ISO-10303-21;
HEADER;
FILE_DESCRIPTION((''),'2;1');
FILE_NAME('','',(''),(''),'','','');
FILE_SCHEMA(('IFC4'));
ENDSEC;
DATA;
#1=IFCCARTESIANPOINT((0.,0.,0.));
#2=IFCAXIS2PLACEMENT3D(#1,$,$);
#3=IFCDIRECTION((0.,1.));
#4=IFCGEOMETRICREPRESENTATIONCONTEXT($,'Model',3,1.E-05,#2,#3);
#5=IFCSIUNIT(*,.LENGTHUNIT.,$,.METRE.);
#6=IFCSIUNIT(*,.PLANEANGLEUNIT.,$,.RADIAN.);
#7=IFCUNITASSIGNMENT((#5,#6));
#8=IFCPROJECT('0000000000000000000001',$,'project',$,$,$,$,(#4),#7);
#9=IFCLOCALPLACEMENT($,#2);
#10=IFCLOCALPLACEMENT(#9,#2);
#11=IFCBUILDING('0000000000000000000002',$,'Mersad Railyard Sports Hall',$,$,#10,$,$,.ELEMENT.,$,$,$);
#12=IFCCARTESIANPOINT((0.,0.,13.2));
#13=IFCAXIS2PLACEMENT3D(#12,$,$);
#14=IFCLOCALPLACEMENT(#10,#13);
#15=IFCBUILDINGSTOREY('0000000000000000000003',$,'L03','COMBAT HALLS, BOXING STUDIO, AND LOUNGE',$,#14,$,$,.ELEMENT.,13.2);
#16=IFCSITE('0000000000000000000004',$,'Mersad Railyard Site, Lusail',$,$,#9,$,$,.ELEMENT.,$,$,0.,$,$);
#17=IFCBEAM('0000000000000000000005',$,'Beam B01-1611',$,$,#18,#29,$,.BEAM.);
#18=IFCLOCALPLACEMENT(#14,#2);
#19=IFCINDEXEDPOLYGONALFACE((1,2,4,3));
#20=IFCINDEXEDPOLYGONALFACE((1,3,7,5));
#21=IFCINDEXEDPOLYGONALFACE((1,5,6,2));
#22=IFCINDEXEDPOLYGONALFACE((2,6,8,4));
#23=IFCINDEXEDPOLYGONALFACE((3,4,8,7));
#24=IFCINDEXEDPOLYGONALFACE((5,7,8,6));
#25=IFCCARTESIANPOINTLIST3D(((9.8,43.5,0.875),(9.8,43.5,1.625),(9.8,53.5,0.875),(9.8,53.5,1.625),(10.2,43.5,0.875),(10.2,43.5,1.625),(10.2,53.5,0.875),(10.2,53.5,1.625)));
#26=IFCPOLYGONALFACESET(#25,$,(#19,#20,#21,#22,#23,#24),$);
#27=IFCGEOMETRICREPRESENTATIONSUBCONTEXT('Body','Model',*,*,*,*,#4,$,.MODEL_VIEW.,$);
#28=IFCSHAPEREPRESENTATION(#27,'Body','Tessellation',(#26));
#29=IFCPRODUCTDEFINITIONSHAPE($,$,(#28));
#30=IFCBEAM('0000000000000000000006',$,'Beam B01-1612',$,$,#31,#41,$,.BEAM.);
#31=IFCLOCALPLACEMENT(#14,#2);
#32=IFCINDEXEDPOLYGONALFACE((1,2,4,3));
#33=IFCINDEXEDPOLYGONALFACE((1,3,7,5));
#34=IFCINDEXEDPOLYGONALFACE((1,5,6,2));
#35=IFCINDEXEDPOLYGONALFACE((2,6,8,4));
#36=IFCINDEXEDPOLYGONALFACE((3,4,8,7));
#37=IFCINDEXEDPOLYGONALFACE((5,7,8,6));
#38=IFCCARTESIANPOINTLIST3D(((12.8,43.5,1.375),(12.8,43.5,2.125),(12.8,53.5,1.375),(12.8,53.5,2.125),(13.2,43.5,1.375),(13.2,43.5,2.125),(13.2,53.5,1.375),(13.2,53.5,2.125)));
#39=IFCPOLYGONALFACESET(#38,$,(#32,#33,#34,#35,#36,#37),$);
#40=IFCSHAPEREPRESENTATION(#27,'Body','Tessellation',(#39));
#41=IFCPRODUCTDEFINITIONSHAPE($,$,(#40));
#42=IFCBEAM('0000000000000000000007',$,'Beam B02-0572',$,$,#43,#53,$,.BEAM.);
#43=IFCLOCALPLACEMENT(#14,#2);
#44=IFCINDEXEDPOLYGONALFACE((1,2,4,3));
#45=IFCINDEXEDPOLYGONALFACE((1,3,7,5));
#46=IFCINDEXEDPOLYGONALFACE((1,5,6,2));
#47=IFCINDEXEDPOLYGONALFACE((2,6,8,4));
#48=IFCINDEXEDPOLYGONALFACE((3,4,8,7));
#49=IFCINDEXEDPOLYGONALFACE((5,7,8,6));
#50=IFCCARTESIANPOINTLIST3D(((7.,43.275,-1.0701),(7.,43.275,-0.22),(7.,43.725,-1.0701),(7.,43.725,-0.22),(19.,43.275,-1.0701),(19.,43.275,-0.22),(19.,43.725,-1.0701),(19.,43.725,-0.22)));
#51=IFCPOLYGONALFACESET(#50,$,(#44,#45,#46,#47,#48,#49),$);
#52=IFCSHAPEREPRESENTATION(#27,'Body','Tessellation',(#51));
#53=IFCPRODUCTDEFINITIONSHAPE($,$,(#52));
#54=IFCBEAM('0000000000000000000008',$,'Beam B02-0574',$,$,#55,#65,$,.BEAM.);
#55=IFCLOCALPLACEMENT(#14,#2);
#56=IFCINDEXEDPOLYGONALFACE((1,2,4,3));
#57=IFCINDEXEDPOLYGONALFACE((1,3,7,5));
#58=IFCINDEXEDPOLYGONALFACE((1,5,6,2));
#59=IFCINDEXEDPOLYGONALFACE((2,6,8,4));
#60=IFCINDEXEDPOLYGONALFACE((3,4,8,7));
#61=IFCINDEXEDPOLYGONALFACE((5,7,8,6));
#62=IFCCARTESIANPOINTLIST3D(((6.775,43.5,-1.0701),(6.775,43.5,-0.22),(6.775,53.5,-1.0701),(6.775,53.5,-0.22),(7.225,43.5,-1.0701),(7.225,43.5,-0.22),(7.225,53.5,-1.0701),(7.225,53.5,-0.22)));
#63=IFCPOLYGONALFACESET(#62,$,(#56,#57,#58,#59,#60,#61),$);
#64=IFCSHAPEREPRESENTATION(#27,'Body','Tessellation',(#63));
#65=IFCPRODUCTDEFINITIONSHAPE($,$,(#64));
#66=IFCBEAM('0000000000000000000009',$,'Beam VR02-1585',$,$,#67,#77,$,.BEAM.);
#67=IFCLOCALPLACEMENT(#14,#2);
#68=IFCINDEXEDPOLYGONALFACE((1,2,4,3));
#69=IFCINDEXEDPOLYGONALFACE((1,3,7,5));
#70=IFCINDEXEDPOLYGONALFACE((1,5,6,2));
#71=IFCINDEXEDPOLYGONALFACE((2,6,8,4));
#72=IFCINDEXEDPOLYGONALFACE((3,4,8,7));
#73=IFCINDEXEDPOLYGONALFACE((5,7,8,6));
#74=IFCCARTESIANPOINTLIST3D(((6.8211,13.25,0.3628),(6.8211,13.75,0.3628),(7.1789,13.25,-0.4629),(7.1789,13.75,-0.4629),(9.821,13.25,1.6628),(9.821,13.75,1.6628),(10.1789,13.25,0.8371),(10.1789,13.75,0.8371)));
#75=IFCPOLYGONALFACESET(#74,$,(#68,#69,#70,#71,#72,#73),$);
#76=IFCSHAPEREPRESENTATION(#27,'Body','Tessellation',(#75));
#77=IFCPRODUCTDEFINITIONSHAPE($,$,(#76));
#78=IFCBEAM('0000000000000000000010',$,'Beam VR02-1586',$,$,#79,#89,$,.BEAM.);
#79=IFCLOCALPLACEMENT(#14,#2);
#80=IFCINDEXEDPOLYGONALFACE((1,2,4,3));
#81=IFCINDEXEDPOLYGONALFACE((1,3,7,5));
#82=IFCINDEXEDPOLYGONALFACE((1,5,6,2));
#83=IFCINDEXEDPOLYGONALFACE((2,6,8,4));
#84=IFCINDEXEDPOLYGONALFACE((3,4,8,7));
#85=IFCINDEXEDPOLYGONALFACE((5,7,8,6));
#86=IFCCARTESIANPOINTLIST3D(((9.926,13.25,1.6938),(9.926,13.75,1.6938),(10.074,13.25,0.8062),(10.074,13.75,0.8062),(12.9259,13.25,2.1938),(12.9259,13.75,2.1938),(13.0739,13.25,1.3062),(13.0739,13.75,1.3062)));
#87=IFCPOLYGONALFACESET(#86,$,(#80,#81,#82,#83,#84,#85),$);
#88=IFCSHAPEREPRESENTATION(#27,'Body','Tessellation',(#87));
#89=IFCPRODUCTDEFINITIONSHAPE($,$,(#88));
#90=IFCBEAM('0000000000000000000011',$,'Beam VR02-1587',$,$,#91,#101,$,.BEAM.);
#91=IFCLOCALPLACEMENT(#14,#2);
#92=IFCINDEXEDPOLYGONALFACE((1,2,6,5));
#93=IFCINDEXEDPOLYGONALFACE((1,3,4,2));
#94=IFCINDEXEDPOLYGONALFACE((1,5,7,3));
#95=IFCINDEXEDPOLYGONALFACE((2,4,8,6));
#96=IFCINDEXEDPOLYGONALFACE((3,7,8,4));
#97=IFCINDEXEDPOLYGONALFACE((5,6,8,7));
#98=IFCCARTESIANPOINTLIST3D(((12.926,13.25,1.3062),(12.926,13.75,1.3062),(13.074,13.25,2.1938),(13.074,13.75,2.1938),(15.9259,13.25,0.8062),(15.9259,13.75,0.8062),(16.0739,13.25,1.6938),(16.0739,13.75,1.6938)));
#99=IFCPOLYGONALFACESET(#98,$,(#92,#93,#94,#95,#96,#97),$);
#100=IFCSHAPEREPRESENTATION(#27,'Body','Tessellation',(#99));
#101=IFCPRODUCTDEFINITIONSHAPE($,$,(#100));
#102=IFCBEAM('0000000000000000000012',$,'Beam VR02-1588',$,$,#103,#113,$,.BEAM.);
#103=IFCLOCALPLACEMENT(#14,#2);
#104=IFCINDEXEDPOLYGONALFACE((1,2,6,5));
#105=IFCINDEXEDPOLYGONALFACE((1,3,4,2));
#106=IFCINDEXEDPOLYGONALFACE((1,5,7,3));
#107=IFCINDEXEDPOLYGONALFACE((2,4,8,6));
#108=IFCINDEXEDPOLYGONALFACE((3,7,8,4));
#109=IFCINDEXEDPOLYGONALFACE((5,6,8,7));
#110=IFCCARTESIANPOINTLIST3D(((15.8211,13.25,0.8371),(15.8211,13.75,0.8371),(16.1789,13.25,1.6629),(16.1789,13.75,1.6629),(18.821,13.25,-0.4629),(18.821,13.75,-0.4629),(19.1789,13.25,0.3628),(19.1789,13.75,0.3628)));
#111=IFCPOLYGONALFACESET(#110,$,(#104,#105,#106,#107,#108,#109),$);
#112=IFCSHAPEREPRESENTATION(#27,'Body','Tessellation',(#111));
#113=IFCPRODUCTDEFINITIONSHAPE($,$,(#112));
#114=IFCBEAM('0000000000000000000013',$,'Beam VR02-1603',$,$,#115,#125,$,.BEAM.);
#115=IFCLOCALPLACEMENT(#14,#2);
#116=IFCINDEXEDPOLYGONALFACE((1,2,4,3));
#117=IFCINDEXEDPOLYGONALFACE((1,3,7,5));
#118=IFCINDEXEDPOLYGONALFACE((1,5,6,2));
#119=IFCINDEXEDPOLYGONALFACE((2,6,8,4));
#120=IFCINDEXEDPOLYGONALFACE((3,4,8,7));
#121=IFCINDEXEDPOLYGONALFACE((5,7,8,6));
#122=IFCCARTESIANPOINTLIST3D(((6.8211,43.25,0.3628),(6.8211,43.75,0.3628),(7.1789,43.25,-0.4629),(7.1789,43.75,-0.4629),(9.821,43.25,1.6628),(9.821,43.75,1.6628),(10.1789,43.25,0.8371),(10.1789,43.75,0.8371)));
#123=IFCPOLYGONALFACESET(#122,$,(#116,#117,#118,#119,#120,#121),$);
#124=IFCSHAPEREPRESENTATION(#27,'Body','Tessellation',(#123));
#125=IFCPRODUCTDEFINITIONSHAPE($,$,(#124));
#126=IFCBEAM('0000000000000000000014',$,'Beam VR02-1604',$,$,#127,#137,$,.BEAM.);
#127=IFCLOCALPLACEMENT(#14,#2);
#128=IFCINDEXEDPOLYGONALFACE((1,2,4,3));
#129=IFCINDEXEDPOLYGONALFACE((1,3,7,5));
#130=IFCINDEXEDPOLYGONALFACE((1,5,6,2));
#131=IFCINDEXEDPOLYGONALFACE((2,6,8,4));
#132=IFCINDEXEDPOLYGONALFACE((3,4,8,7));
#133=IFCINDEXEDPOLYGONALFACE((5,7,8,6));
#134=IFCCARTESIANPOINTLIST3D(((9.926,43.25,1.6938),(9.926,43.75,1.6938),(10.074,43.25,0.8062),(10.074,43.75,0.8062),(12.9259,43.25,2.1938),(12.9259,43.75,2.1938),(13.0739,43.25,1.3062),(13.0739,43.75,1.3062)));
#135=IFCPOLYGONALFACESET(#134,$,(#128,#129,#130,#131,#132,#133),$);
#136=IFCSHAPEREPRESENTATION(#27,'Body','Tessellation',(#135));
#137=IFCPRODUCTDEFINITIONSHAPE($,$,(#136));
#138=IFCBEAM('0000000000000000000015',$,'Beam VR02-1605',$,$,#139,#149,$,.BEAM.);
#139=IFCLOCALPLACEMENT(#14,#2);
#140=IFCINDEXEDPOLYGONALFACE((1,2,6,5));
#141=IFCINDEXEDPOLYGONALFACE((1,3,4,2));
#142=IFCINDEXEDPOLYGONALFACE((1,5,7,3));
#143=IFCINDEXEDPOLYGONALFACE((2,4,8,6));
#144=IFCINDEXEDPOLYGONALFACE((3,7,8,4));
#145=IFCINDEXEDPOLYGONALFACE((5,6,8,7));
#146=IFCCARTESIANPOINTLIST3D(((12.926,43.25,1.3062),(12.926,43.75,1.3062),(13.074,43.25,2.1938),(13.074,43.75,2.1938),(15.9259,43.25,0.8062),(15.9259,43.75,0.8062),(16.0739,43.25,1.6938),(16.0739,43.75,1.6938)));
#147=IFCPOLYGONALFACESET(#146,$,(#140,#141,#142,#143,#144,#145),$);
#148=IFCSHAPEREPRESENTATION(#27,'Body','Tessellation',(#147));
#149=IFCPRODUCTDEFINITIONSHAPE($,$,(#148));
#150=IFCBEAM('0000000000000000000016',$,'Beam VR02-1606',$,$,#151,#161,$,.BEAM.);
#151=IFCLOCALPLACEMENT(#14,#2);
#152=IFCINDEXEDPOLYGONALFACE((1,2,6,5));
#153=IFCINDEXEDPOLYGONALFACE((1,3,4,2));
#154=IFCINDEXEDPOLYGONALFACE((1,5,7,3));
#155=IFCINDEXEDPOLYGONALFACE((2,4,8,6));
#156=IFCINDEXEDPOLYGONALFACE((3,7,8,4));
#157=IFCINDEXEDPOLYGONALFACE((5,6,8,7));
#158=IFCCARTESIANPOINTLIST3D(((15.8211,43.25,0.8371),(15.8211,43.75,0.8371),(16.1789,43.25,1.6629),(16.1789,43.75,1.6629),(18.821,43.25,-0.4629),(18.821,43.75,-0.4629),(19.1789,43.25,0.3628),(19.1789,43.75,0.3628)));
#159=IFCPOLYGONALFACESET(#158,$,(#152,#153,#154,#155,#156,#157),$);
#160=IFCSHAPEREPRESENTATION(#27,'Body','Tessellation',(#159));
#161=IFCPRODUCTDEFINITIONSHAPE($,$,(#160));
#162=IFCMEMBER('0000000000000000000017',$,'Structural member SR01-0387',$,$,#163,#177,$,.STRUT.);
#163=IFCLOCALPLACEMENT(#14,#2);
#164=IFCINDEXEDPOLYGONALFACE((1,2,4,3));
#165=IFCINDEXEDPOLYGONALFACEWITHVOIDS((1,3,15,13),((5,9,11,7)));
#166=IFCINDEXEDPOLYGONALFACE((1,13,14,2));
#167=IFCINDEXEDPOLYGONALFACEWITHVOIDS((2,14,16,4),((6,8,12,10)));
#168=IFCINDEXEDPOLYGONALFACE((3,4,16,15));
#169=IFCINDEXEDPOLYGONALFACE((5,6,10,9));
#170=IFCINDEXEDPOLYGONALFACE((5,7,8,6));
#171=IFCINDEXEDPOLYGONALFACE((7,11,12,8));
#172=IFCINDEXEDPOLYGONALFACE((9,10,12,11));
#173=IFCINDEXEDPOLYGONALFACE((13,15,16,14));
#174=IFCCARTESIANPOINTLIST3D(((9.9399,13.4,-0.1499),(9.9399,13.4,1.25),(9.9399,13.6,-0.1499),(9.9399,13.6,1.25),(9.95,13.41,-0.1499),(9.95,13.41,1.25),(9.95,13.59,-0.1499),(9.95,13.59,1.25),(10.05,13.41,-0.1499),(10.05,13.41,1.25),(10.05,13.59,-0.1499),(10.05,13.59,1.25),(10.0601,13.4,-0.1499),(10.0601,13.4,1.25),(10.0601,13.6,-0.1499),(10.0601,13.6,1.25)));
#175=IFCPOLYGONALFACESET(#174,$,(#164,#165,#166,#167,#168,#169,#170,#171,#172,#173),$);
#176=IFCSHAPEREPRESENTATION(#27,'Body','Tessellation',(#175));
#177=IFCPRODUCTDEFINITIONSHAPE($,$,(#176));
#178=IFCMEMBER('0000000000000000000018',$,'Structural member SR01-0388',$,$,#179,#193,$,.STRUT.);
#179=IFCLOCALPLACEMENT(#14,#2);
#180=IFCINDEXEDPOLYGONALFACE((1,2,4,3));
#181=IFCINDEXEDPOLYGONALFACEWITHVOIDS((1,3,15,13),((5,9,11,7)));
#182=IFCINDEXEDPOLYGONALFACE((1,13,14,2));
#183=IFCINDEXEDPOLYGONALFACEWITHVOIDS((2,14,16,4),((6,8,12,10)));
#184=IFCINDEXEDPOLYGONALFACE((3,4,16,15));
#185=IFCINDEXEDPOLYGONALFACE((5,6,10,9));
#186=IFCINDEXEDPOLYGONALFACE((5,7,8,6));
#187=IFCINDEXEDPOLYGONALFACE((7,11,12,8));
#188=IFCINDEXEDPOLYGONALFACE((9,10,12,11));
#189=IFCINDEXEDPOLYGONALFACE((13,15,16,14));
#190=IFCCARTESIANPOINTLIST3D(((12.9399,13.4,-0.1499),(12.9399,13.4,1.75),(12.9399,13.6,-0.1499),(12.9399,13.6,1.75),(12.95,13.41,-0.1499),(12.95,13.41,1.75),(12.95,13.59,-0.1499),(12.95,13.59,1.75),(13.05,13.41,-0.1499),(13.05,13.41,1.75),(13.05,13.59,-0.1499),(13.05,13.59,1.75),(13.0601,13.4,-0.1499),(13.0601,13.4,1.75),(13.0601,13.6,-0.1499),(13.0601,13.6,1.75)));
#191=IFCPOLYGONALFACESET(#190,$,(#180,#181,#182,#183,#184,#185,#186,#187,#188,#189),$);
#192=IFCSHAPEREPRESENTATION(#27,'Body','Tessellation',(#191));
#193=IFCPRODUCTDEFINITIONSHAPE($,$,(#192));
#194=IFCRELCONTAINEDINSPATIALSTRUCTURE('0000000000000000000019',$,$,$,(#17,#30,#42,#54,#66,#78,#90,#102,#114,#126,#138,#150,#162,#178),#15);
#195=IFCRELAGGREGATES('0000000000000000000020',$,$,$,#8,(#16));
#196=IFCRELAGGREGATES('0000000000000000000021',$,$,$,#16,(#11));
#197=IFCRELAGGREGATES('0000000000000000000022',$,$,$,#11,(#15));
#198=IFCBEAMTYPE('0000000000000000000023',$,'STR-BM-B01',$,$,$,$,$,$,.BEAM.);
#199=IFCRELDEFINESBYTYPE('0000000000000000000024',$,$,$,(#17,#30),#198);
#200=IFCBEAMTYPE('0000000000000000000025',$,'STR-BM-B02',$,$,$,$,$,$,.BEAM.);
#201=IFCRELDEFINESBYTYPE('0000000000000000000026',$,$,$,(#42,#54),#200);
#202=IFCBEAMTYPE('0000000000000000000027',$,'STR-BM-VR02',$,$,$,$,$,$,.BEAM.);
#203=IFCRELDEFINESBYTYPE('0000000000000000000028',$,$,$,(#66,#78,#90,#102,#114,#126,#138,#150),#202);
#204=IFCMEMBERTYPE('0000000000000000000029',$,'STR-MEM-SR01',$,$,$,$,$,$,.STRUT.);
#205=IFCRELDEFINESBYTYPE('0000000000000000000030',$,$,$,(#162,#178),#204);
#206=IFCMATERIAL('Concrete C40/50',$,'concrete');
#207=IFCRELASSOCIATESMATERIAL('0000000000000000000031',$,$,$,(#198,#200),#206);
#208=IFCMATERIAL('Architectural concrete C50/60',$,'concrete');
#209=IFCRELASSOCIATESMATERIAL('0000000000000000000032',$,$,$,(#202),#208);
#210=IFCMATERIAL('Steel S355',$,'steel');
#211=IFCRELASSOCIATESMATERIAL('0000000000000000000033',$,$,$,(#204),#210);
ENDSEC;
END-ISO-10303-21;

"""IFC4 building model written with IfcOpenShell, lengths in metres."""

from ifc_helpers import new_model, si_unit, direction, frame, origin, origin_2d, place, context, subcontext, project, spatial, rectangle, hollow_rectangle, extrude, material, material_profile, profile_set, type_object, element, save


model = new_model("IFC4")

# Units and contexts
model_context = context("Model", 3, precision=1e-05, world=origin(), true_north=direction((0.0, 1.0)))
body_context = subcontext(model_context, "Body", "Model", "MODEL_VIEW")
ifc_project = project(units=[si_unit("LENGTHUNIT", "METRE"), si_unit("PLANEANGLEUNIT", "RADIAN")], contexts=[model_context])

# Site, building, storey
site_placement = place(None, origin())
site = spatial("IfcSite", under=ifc_project, at=site_placement, Name="Mersad Railyard Site, Lusail", CompositionType="ELEMENT", RefElevation=0.0)
building_placement = place(site_placement, origin())
building = spatial("IfcBuilding", under=site, at=building_placement, Name="Mersad Railyard Sports Hall", CompositionType="ELEMENT")
storey_placement = place(building_placement, frame((0.0, 0.0, 13.2)))
storey = spatial("IfcBuildingStorey", under=building, at=storey_placement, Name="L03", Description="COMBAT HALLS, BOXING STUDIO, AND LOUNGE", CompositionType="ELEMENT", Elevation=13.2)

# Beams
ifc_material_1 = material(Name="Concrete C40/50", Category="concrete")
ifc_material_profile_1 = material_profile(ifc_material_1, rectangle(XDim=0.3999, YDim=0.75, at=origin_2d()), Name="RC 400x750")
ifc_profile_set_1 = profile_set([ifc_material_profile_1], Name="Concrete C40/50")
beam_type_1 = type_object("IfcBeamType", Name="STR-BM-B01", PredefinedType="BEAM", material=ifc_profile_set_1)
for number, where, z_axis, x_axis, name in (
    (1, (10.0, 43.5, 1.25), (0.0, 1.0, 0.0), (-1.0, 0.0, 0.0), "Beam B01-1611"),
    (2, (13.0, 43.5, 1.75), (0.0, 1.0, 0.0), (-1.0, 0.0, 0.0), "Beam B01-1612"),
):
    element("IfcBeam", number, at=place(storey_placement, frame(where, z_axis=z_axis, x_axis=x_axis)), inside=storey, type_object=beam_type_1, Name=name, PredefinedType="BEAM", context=body_context, shape_type="SweptSolid", body=[
        extrude(rectangle(XDim=0.3999, YDim=0.75, at=origin_2d()), origin(), (0.0, 0.0, 1.0), 10.0),
    ])
ifc_material_profile_2 = material_profile(ifc_material_1, rectangle(XDim=0.45, YDim=0.8501, at=origin_2d()), Name="RC 450x850")
ifc_profile_set_2 = profile_set([ifc_material_profile_2], Name="Concrete C40/50")
beam_type_2 = type_object("IfcBeamType", Name="STR-BM-B02", PredefinedType="BEAM", material=ifc_profile_set_2)
beam_1_placement = place(storey_placement, frame((7.0, 43.5, -0.645), z_axis=(1.0, 0.0, 0.0), x_axis=(0.0, 1.0, 0.0)))
element("IfcBeam", 3, at=beam_1_placement, inside=storey, type_object=beam_type_2, Name="Beam B02-0572", PredefinedType="BEAM", context=body_context, shape_type="SweptSolid", body=[
    extrude(rectangle(XDim=0.45, YDim=0.8501, at=origin_2d()), origin(), (0.0, 0.0, 1.0), 12.0),
])
beam_2_placement = place(storey_placement, frame((7.0, 43.5, -0.645), z_axis=(0.0, 1.0, 0.0), x_axis=(-1.0, 0.0, 0.0)))
element("IfcBeam", 4, at=beam_2_placement, inside=storey, type_object=beam_type_2, Name="Beam B02-0574", PredefinedType="BEAM", context=body_context, shape_type="SweptSolid", body=[
    extrude(rectangle(XDim=0.45, YDim=0.8501, at=origin_2d()), origin(), (0.0, 0.0, 1.0), 10.0),
])
ifc_material_2 = material(Name="Architectural concrete C50/60", Category="concrete")
ifc_material_profile_3 = material_profile(ifc_material_2, rectangle(XDim=0.5, YDim=0.8999, at=origin_2d()), Name="VR 500x900")
ifc_profile_set_3 = profile_set([ifc_material_profile_3], Name="Architectural concrete C50/60")
beam_type_3 = type_object("IfcBeamType", Name="STR-BM-VR02", PredefinedType="BEAM", material=ifc_profile_set_3)
beam_3_placement = place(storey_placement, frame((7.0, 13.5, -0.05), z_axis=(0.91755, 0.0, 0.39762), x_axis=(0.0, 1.0, 0.0)))
element("IfcBeam", 5, at=beam_3_placement, inside=storey, type_object=beam_type_3, Name="Beam VR02-1585", PredefinedType="BEAM", context=body_context, shape_type="SweptSolid", body=[
    extrude(rectangle(XDim=0.5, YDim=0.8999, at=origin_2d()), origin(), (0.0, 0.0, 1.0), 3.2695),
])
for number, where, z_axis, x_axis, name in (
    (6, (10.0, 13.5, 1.25), (0.986394, 0.0, 0.164399), (0.0, 1.0, 0.0), "Beam VR02-1586"),
    (7, (13.0, 13.5, 1.75), (0.986394, 0.0, -0.164399), (0.0, 1.0, 0.0), "Beam VR02-1587"),
):
    element("IfcBeam", number, at=place(storey_placement, frame(where, z_axis=z_axis, x_axis=x_axis)), inside=storey, type_object=beam_type_3, Name=name, PredefinedType="BEAM", context=body_context, shape_type="SweptSolid", body=[
        extrude(rectangle(XDim=0.5, YDim=0.8999, at=origin_2d()), origin(), (0.0, 0.0, 1.0), 3.0413),
    ])
for number, where, z_axis, x_axis, name in (
    (8, (16.0, 13.5, 1.25), (0.91755, 0.0, -0.39762), (0.0, 1.0, 0.0), "Beam VR02-1588"),
    (9, (7.0, 43.5, -0.05), (0.91755, 0.0, 0.39762), (0.0, 1.0, 0.0), "Beam VR02-1603"),
):
    element("IfcBeam", number, at=place(storey_placement, frame(where, z_axis=z_axis, x_axis=x_axis)), inside=storey, type_object=beam_type_3, Name=name, PredefinedType="BEAM", context=body_context, shape_type="SweptSolid", body=[
        extrude(rectangle(XDim=0.5, YDim=0.8999, at=origin_2d()), origin(), (0.0, 0.0, 1.0), 3.2695),
    ])
for number, where, z_axis, x_axis, name in (
    (10, (10.0, 43.5, 1.25), (0.986394, 0.0, 0.164399), (0.0, 1.0, 0.0), "Beam VR02-1604"),
    (11, (13.0, 43.5, 1.75), (0.986394, 0.0, -0.164399), (0.0, 1.0, 0.0), "Beam VR02-1605"),
):
    element("IfcBeam", number, at=place(storey_placement, frame(where, z_axis=z_axis, x_axis=x_axis)), inside=storey, type_object=beam_type_3, Name=name, PredefinedType="BEAM", context=body_context, shape_type="SweptSolid", body=[
        extrude(rectangle(XDim=0.5, YDim=0.8999, at=origin_2d()), origin(), (0.0, 0.0, 1.0), 3.0413),
    ])
beam_4_placement = place(storey_placement, frame((16.0, 43.5, 1.25), z_axis=(0.91755, 0.0, -0.39762), x_axis=(0.0, 1.0, 0.0)))
element("IfcBeam", 12, at=beam_4_placement, inside=storey, type_object=beam_type_3, Name="Beam VR02-1606", PredefinedType="BEAM", context=body_context, shape_type="SweptSolid", body=[
    extrude(rectangle(XDim=0.5, YDim=0.8999, at=origin_2d()), origin(), (0.0, 0.0, 1.0), 3.2695),
])

# Members
ifc_material_3 = material(Name="Steel S355", Category="steel")
ifc_material_profile_4 = material_profile(ifc_material_3, hollow_rectangle(XDim=0.1201, YDim=0.2, WallThickness=0.01, at=origin_2d()), Name="RHS 200x120x10")
ifc_profile_set_4 = profile_set([ifc_material_profile_4], Name="Steel S355")
member_type = type_object("IfcMemberType", Name="STR-MEM-SR01", PredefinedType="STRUT", material=ifc_profile_set_4)
member_1_placement = place(storey_placement, frame((10.0, 13.5, -0.1499), z_axis=(0.0, 0.0, 1.0), x_axis=(1.0, 0.0, 0.0)))
element("IfcMember", 13, at=member_1_placement, inside=storey, type_object=member_type, Name="Structural member SR01-0387", PredefinedType="STRUT", context=body_context, shape_type="SweptSolid", body=[
    extrude(hollow_rectangle(XDim=0.1201, YDim=0.2, WallThickness=0.01, at=origin_2d()), origin(), (0.0, 0.0, 1.0), 1.3999),
])
member_2_placement = place(storey_placement, frame((13.0, 13.5, -0.1499), z_axis=(0.0, 0.0, 1.0), x_axis=(1.0, 0.0, 0.0)))
element("IfcMember", 14, at=member_2_placement, inside=storey, type_object=member_type, Name="Structural member SR01-0388", PredefinedType="STRUT", context=body_context, shape_type="SweptSolid", body=[
    extrude(hollow_rectangle(XDim=0.1201, YDim=0.2, WallThickness=0.01, at=origin_2d()), origin(), (0.0, 0.0, 1.0), 1.8999),
])

save(model, "model.ifc")
